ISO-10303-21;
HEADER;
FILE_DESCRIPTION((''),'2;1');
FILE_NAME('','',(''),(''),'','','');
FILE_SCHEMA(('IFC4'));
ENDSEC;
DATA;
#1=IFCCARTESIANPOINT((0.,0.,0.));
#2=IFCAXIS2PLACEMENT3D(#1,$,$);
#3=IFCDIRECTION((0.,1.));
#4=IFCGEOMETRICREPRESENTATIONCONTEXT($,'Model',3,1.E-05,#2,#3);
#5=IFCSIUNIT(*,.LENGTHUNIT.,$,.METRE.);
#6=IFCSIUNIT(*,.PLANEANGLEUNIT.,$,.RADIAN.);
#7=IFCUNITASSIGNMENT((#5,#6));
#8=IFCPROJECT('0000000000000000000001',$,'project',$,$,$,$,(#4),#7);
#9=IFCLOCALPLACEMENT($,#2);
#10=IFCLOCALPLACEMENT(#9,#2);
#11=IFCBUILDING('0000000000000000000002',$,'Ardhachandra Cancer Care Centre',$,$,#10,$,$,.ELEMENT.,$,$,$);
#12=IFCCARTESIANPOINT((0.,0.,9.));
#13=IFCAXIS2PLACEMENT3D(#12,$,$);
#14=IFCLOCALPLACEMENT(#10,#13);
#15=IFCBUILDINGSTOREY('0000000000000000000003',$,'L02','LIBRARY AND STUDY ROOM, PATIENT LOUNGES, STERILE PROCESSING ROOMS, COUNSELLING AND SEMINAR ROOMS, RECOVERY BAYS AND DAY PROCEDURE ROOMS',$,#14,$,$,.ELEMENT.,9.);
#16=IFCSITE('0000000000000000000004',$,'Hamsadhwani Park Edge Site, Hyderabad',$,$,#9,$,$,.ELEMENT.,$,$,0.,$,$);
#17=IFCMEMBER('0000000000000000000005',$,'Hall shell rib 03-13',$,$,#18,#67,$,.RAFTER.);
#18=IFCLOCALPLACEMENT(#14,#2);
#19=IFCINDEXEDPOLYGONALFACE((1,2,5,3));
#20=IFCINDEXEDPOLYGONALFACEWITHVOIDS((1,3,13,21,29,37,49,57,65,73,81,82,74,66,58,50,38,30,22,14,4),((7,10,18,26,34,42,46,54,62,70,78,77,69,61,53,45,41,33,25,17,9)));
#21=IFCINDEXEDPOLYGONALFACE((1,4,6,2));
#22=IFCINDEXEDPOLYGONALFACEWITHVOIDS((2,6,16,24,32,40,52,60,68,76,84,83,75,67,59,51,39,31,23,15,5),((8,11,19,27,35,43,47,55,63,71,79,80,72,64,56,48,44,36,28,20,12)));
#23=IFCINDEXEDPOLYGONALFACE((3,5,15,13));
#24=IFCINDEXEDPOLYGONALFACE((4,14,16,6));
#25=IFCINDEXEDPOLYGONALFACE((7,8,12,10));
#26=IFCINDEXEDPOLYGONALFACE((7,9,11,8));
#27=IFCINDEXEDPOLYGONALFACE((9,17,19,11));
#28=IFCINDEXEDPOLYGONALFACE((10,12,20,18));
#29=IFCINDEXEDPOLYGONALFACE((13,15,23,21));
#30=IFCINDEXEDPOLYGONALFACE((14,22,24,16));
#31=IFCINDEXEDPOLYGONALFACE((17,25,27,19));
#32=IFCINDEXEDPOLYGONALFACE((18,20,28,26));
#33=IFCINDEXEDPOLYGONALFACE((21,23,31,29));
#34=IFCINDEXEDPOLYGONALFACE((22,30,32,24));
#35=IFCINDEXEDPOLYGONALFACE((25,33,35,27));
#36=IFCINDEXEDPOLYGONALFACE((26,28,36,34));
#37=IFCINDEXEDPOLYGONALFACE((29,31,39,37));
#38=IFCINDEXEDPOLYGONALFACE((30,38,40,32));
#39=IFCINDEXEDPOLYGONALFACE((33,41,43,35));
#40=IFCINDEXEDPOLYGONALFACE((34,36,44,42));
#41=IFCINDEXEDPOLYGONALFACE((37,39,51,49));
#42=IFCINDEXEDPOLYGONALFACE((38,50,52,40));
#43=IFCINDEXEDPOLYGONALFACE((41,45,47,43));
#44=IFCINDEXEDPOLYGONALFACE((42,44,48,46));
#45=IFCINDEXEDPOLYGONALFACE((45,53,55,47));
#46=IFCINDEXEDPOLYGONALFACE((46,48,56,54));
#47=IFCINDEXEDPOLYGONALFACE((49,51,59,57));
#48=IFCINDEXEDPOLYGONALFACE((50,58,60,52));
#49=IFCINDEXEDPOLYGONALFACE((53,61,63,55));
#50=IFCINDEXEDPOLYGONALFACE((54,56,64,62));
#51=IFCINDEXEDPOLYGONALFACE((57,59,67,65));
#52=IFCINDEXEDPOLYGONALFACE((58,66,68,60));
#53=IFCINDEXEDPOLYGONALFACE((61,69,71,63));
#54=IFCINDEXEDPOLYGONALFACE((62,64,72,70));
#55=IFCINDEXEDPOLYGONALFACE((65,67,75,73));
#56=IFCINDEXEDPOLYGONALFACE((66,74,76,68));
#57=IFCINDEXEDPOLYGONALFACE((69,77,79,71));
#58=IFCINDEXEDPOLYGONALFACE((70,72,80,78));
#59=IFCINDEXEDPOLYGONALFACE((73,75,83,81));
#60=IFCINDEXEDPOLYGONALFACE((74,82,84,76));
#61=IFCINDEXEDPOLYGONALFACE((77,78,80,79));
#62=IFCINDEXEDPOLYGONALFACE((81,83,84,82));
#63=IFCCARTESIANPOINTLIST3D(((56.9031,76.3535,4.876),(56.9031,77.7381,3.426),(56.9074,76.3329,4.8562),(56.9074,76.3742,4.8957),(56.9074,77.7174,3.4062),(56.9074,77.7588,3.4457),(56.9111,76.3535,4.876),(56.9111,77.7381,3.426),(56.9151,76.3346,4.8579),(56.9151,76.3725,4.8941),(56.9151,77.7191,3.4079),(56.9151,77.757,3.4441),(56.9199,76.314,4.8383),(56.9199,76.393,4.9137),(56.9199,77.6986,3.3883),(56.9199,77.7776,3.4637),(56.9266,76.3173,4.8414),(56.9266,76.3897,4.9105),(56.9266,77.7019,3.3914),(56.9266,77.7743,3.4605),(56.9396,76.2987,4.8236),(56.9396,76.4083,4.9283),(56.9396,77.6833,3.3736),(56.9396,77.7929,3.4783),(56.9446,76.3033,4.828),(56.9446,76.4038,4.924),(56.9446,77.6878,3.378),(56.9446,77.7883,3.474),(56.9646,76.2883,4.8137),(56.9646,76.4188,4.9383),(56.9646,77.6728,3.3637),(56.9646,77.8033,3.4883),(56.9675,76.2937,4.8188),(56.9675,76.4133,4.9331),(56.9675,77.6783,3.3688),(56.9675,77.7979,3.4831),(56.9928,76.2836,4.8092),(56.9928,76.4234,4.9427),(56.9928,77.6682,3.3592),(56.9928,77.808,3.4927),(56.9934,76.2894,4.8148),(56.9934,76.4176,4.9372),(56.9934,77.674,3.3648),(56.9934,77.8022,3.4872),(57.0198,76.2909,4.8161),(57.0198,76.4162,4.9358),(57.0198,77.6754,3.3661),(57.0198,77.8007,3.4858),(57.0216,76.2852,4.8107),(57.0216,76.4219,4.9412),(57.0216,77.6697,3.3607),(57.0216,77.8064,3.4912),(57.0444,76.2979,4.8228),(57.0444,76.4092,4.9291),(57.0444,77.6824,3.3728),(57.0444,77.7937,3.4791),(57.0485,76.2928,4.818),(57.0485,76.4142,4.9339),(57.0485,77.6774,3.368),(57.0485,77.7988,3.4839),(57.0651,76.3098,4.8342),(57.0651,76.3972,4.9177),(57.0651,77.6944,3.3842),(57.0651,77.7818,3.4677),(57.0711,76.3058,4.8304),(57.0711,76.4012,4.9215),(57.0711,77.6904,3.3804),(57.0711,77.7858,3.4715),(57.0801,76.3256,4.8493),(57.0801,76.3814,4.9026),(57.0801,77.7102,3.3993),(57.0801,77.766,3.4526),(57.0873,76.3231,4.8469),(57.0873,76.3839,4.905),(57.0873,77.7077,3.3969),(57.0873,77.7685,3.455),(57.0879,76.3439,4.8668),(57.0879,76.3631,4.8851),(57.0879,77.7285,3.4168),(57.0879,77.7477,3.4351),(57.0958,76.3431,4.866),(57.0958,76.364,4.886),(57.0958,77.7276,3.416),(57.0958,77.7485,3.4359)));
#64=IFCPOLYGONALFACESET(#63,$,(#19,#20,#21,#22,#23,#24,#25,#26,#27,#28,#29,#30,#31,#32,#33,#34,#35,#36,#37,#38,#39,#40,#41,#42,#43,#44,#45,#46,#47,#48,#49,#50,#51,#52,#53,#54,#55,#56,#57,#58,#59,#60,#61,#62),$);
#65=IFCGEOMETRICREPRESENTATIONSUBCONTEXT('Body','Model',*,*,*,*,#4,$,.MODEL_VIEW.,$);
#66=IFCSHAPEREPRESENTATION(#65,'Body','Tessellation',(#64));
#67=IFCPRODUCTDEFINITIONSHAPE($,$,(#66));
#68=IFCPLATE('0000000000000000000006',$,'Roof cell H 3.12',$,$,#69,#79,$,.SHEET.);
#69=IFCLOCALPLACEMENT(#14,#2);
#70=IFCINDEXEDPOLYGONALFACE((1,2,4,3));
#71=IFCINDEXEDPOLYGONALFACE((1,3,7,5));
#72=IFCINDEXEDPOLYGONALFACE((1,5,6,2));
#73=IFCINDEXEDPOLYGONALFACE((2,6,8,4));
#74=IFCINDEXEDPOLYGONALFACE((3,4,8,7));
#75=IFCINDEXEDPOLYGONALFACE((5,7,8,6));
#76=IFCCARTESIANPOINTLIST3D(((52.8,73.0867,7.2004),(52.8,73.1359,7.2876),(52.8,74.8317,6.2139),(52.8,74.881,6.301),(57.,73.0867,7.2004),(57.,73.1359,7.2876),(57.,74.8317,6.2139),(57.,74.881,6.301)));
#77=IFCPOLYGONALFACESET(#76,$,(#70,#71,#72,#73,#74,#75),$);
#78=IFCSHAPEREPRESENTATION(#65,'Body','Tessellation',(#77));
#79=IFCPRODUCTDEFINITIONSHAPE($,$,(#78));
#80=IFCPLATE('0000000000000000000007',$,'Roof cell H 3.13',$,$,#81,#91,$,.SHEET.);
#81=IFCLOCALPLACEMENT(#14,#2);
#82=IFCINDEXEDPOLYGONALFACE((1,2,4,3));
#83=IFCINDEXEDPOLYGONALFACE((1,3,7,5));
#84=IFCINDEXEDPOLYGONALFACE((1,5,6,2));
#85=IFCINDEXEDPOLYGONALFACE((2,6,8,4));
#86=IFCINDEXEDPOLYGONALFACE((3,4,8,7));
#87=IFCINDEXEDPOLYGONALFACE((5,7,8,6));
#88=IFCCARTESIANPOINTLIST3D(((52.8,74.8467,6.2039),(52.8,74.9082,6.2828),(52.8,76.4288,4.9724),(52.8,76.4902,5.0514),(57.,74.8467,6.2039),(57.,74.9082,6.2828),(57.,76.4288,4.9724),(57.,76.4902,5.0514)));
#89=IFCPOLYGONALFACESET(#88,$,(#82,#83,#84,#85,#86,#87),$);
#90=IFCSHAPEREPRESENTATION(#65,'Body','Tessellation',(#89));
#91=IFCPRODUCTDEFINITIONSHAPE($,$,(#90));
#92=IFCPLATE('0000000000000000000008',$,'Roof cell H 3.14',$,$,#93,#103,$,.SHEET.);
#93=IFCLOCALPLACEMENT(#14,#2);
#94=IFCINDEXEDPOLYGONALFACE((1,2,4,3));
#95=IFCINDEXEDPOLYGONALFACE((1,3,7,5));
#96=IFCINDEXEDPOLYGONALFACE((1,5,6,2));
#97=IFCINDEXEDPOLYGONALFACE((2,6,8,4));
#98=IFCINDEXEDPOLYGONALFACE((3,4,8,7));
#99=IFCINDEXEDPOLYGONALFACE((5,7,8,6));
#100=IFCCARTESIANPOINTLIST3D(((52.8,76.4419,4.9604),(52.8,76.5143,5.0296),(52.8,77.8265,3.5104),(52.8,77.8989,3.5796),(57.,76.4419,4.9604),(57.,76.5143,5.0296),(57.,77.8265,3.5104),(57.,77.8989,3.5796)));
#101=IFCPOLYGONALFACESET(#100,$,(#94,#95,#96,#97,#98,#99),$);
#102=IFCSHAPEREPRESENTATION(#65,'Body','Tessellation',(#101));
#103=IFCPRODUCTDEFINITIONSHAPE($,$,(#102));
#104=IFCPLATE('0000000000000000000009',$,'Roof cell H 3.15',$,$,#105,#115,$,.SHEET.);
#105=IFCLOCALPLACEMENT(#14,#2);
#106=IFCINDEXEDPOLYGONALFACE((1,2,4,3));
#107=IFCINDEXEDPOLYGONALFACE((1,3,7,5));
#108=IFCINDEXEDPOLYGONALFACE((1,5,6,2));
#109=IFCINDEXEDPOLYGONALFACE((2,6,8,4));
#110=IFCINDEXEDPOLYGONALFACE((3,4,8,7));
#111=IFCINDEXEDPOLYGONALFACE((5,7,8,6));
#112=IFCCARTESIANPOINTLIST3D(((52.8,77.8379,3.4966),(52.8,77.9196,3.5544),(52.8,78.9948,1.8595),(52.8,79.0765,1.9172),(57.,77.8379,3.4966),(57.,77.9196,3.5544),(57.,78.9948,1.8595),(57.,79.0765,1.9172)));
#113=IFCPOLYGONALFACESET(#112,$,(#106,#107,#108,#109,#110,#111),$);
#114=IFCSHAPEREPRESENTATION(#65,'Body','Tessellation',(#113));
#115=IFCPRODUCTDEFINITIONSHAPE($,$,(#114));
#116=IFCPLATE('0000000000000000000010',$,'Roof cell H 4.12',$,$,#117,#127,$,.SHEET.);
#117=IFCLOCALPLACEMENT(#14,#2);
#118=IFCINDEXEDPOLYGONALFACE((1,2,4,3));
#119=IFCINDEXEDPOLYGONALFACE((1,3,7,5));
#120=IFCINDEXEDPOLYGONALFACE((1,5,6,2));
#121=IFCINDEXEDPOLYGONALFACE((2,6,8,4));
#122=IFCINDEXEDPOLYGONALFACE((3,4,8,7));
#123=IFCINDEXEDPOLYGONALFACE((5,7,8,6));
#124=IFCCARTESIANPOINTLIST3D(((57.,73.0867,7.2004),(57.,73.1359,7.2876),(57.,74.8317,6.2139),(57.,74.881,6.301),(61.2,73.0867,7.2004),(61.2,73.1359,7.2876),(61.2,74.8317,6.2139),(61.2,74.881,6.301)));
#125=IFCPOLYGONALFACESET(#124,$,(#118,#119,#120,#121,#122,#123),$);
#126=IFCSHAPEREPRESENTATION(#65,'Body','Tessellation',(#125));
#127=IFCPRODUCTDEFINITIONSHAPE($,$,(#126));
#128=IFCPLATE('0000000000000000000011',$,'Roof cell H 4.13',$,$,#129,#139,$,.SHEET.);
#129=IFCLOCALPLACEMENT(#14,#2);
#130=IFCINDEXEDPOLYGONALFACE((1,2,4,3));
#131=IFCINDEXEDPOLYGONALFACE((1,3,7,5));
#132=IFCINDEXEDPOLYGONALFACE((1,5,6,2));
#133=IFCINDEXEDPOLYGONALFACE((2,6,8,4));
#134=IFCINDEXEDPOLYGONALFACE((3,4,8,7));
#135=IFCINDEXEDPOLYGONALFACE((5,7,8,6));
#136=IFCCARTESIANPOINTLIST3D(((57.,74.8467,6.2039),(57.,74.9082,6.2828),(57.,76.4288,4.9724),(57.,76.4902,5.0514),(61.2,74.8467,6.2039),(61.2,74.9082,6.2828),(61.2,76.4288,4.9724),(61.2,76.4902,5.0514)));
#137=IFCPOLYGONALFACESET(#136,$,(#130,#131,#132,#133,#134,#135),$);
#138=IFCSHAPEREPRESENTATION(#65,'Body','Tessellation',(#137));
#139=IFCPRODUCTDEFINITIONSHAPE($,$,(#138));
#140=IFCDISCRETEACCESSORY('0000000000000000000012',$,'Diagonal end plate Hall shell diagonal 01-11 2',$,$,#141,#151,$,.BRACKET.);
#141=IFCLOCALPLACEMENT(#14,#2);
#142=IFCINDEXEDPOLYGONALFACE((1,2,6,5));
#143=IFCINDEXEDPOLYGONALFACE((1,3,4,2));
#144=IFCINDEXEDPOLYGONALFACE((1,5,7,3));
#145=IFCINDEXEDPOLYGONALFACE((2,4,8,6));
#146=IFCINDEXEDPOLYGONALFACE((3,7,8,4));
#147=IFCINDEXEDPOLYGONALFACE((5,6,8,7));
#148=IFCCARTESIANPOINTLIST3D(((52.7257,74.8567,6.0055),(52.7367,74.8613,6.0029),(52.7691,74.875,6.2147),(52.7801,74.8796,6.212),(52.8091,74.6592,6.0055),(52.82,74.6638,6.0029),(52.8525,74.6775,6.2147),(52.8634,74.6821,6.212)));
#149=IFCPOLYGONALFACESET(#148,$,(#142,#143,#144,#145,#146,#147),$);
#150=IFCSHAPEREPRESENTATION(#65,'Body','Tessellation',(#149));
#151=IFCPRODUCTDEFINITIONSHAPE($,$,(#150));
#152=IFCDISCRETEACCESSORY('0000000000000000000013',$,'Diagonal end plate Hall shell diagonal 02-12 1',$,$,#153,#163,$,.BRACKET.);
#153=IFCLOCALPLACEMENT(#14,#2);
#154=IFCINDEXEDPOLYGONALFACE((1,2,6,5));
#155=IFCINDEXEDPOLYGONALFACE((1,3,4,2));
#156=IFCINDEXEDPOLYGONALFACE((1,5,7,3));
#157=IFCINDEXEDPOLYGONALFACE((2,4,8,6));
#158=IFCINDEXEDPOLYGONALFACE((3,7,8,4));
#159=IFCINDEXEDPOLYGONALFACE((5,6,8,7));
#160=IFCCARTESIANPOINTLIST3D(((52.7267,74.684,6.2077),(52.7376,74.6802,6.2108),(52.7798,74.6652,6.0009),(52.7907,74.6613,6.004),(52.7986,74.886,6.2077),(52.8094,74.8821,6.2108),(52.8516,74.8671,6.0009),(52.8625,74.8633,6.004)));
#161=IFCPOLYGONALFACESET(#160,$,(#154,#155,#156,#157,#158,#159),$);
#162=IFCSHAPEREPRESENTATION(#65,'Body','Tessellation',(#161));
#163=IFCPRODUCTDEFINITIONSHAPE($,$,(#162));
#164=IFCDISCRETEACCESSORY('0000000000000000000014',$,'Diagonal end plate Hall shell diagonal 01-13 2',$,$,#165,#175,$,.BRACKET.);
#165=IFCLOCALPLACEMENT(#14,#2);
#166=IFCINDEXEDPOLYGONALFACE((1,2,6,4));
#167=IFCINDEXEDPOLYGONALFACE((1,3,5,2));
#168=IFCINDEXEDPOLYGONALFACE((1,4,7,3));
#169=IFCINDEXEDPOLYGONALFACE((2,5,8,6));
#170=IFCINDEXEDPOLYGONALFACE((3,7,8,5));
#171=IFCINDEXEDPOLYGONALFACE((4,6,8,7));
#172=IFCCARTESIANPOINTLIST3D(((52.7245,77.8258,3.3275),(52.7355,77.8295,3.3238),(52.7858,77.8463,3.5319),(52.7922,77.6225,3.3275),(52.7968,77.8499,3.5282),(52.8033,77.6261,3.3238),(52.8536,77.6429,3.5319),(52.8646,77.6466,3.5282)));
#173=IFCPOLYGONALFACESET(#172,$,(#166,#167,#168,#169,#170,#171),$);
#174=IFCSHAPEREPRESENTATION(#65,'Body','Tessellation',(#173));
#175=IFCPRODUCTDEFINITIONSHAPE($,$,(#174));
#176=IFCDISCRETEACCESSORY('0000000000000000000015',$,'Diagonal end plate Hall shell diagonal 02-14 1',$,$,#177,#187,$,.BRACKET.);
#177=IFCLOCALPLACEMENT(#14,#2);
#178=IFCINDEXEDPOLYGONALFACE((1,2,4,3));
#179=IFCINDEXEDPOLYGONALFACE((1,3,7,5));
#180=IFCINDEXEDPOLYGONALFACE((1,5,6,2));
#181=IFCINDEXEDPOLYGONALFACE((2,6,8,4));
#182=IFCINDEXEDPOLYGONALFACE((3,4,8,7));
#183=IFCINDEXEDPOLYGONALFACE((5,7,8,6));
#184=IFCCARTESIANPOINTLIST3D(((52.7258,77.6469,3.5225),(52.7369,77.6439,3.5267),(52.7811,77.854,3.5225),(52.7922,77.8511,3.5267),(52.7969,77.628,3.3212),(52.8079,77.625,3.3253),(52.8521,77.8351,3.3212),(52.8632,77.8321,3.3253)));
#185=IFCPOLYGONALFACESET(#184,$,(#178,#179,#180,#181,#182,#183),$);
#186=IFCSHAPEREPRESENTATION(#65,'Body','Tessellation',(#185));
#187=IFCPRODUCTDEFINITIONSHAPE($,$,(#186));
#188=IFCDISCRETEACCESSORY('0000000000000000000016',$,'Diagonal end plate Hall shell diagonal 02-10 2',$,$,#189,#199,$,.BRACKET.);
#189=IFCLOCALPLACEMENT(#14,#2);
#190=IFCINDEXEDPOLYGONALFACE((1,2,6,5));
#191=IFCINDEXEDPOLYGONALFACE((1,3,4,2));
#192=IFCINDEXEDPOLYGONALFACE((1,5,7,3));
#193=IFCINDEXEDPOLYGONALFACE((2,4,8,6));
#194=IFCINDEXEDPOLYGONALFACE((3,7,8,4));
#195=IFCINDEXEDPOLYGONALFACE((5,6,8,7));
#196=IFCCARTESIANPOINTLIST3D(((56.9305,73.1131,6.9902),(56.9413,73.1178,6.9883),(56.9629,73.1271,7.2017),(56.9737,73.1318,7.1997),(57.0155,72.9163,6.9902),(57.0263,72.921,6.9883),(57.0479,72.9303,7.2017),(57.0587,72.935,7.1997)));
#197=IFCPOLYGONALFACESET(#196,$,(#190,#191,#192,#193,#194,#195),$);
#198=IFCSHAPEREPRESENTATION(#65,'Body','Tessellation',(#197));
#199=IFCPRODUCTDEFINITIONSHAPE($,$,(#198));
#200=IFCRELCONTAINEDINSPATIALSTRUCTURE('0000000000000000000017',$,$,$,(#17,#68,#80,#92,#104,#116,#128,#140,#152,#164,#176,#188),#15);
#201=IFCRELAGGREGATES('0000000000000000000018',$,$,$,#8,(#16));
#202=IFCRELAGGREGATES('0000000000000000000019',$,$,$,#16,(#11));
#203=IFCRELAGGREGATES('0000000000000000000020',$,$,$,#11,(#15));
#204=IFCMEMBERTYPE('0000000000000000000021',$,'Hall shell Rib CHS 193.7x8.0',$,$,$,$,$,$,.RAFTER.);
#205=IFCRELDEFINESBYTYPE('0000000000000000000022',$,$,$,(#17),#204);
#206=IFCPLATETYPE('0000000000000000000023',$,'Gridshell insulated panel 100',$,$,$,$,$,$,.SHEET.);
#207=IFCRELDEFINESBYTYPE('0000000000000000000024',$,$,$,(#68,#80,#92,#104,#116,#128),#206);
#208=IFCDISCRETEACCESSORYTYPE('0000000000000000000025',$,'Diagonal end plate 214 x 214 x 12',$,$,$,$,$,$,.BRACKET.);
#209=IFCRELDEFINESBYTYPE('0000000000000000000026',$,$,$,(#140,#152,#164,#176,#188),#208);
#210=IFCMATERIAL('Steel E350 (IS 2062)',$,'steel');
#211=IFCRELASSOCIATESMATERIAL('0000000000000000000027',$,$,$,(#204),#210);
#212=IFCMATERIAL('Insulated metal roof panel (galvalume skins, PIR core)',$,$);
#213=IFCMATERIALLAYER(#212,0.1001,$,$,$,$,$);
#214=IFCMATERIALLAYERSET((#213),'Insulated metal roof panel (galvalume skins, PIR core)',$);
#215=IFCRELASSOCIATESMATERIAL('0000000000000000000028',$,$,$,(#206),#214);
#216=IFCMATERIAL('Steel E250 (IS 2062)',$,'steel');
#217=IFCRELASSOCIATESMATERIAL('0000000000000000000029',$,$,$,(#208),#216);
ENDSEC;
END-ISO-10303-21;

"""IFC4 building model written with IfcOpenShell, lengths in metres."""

from ifc_helpers import new_model, si_unit, direction, frame, origin, origin_2d, place, context, subcontext, project, spatial, polyline, rectangle, hollow_circle, outline, extrude, material, layer, layer_set, material_profile, profile_set, type_object, element, save


model = new_model("IFC4")

# Units and contexts
model_context = context("Model", 3, precision=1e-05, world=origin(), true_north=direction((0.0, 1.0)))
body_context = subcontext(model_context, "Body", "Model", "MODEL_VIEW")
ifc_project = project(units=[si_unit("LENGTHUNIT", "METRE"), si_unit("PLANEANGLEUNIT", "RADIAN")], contexts=[model_context])

# Site, building, storey
site_placement = place(None, origin())
site = spatial("IfcSite", under=ifc_project, at=site_placement, Name="Hamsadhwani Park Edge Site, Hyderabad", CompositionType="ELEMENT", RefElevation=0.0)
building_placement = place(site_placement, origin())
building = spatial("IfcBuilding", under=site, at=building_placement, Name="Ardhachandra Cancer Care Centre", CompositionType="ELEMENT")
storey_placement = place(building_placement, frame((0.0, 0.0, 9.0)))
storey = spatial("IfcBuildingStorey", under=building, at=storey_placement, Name="L02", Description="LIBRARY AND STUDY ROOM, PATIENT LOUNGES, STERILE PROCESSING ROOMS, COUNSELLING AND SEMINAR ROOMS, RECOVERY BAYS AND DAY PROCEDURE ROOMS", CompositionType="ELEMENT", Elevation=9.0)

# Member
ifc_material_1 = material(Name="Steel E350 (IS 2062)", Category="steel")
ifc_material_profile_1 = material_profile(ifc_material_1, hollow_circle(Radius=0.0969, WallThickness=0.0081, at=origin_2d()), Name="CHS 193.7x8.0")
ifc_profile_set_1 = profile_set([ifc_material_profile_1], Name="Steel E350 (IS 2062)")
member_type_1 = type_object("IfcMemberType", Name="Hall shell Rib CHS 193.7x8.0", PredefinedType="RAFTER", material=ifc_profile_set_1)
member_1_placement = place(storey_placement, frame((57.0, 76.3535, 4.876), z_axis=(0.0, 0.6906, -0.723237), x_axis=(-1.0, 0.0, 0.0)))
element("IfcMember", 1, at=member_1_placement, inside=storey, type_object=member_type_1, Name="Hall shell rib 03-13", PredefinedType="RAFTER", context=body_context, shape_type="SweptSolid", body=[
    extrude(hollow_circle(Radius=0.0969, WallThickness=0.0081, at=origin_2d()), origin(), (0.0, 0.0, 1.0), 2.0049),
])

# Plates
ifc_material_2 = material(Name="Insulated metal roof panel (galvalume skins, PIR core)")
ifc_layer = layer(ifc_material_2, 0.1001)
ifc_layer_set = layer_set([ifc_layer], Name="Insulated metal roof panel (galvalume skins, PIR core)")
plate_type = type_object("IfcPlateType", Name="Gridshell insulated panel 100", PredefinedType="SHEET", material=ifc_layer_set)
plate_1_placement = place(storey_placement, frame((52.8, 73.0867, 7.2004), z_axis=(0.0, 0.492134, 0.87052), x_axis=(1.0, 0.0, 0.0)))
element("IfcPlate", 2, at=plate_1_placement, inside=storey, type_object=plate_type, Name="Roof cell H 3.12", PredefinedType="SHEET", context=body_context, shape_type="SweptSolid", body=[
    extrude(outline(polyline([(0.0, 0.0), (4.2, 0.0), (4.2, 2.0046), (0.0, 2.0046), (0.0, 0.0)])), origin(), (0.0, 0.0, 1.0), 0.1001),
])
for number, where, z_axis, x_axis, name in (
    (3, (52.8, 74.8467, 6.2039), (0.0, 0.614244, 0.789116), (1.0, 0.0, 0.0), "Roof cell H 3.13"),
    (4, (52.8, 76.4419, 4.9604), (0.0, 0.723237, 0.6906), (1.0, 0.0, 0.0), "Roof cell H 3.14"),
):
    element("IfcPlate", number, at=place(storey_placement, frame(where, z_axis=z_axis, x_axis=x_axis)), inside=storey, type_object=plate_type, Name=name, PredefinedType="SHEET", context=body_context, shape_type="SweptSolid", body=[
        extrude(outline(polyline([(0.0, 0.0), (4.2, 0.0), (4.2, 2.0049), (0.0, 2.0049), (0.0, 0.0)])), origin(), (0.0, 0.0, 1.0), 0.1001),
    ])
for number, where, z_axis, x_axis, name in (
    (5, (52.8, 77.8379, 3.4966), (0.0, 0.816661, 0.577118), (1.0, 0.0, 0.0), "Roof cell H 3.15"),
    (6, (57.0, 73.0867, 7.2004), (0.0, 0.492134, 0.87052), (1.0, 0.0, 0.0), "Roof cell H 4.12"),
):
    element("IfcPlate", number, at=place(storey_placement, frame(where, z_axis=z_axis, x_axis=x_axis)), inside=storey, type_object=plate_type, Name=name, PredefinedType="SHEET", context=body_context, shape_type="SweptSolid", body=[
        extrude(outline(polyline([(0.0, 0.0), (4.2, 0.0), (4.2, 2.0046), (0.0, 2.0046), (0.0, 0.0)])), origin(), (0.0, 0.0, 1.0), 0.1001),
    ])
plate_2_placement = place(storey_placement, frame((57.0, 74.8467, 6.2039), z_axis=(0.0, 0.614244, 0.789116), x_axis=(1.0, 0.0, 0.0)))
element("IfcPlate", 7, at=plate_2_placement, inside=storey, type_object=plate_type, Name="Roof cell H 4.13", PredefinedType="SHEET", context=body_context, shape_type="SweptSolid", body=[
    extrude(outline(polyline([(0.0, 0.0), (4.2, 0.0), (4.2, 2.0049), (0.0, 2.0049), (0.0, 0.0)])), origin(), (0.0, 0.0, 1.0), 0.1001),
])

# Discrete accessories
ifc_material_3 = material(Name="Steel E250 (IS 2062)", Category="steel")
ifc_material_profile_2 = material_profile(ifc_material_3, rectangle(XDim=0.2144, YDim=0.2144, at=origin_2d()), Name="PL 214x214x12")
ifc_profile_set_2 = profile_set([ifc_material_profile_2], Name="Steel E250 (IS 2062)")
discrete_accessory_type = type_object("IfcDiscreteAccessoryType", Name="Diagonal end plate 214 x 214 x 12", PredefinedType="BRACKET", material=ifc_profile_set_2)
discrete_accessory_1_placement = place(storey_placement, frame((52.8, 74.7717, 6.1074), z_axis=(-0.898743, -0.379469, 0.219693), x_axis=(0.388972, -0.92125, 0.0)))
element("IfcDiscreteAccessory", 8, at=discrete_accessory_1_placement, inside=storey, type_object=discrete_accessory_type, Name="Diagonal end plate Hall shell diagonal 01-11 2", PredefinedType="BRACKET", context=body_context, shape_type="SweptSolid", body=[
    extrude(rectangle(XDim=0.2144, YDim=0.2144, at=origin_2d()), origin(), (0.0, 0.0, 1.0), 0.0122),
])
discrete_accessory_2_placement = place(storey_placement, frame((52.8, 74.7717, 6.1074), z_axis=(-0.909137, 0.323249, -0.26264), x_axis=(-0.33501, -0.942215, 0.0)))
element("IfcDiscreteAccessory", 9, at=discrete_accessory_2_placement, inside=storey, type_object=discrete_accessory_type, Name="Diagonal end plate Hall shell diagonal 02-12 1", PredefinedType="BRACKET", context=body_context, shape_type="SweptSolid", body=[
    extrude(rectangle(XDim=0.2144, YDim=0.2144, at=origin_2d()), origin(), (0.0, 0.0, 1.0), 0.012),
])
for number, where, z_axis, x_axis, name in (
    (10, (52.8, 77.738, 3.426), (-0.904534, -0.301511, 0.301511), (0.316228, -0.948683, 0.0), "Diagonal end plate Hall shell diagonal 01-13 2"),
    (11, (52.8, 77.738, 3.426), (-0.907657, 0.242042, -0.342892), (-0.257663, -0.966235, 0.0), "Diagonal end plate Hall shell diagonal 02-14 1"),
):
    element("IfcDiscreteAccessory", number, at=place(storey_placement, frame(where, z_axis=z_axis, x_axis=x_axis)), inside=storey, type_object=discrete_accessory_type, Name=name, PredefinedType="BRACKET", context=body_context, shape_type="SweptSolid", body=[
        extrude(rectangle(XDim=0.2144, YDim=0.2144, at=origin_2d()), origin(), (0.0, 0.0, 1.0), 0.0122),
    ])
for number, where, z_axis, x_axis, name in (
    (12, (57.0, 73.0264, 7.094), (-0.905534, -0.391026, 0.164643), (0.396436, -0.918062, 0.0), "Diagonal end plate Hall shell diagonal 02-10 2"),
):
    element("IfcDiscreteAccessory", number, at=place(storey_placement, frame(where, z_axis=z_axis, x_axis=x_axis)), inside=storey, type_object=discrete_accessory_type, Name=name, PredefinedType="BRACKET", context=body_context, shape_type="SweptSolid", body=[
        extrude(rectangle(XDim=0.2144, YDim=0.2144, at=origin_2d()), origin(), (0.0, 0.0, 1.0), 0.012),
    ])

save(model, "model.ifc")
